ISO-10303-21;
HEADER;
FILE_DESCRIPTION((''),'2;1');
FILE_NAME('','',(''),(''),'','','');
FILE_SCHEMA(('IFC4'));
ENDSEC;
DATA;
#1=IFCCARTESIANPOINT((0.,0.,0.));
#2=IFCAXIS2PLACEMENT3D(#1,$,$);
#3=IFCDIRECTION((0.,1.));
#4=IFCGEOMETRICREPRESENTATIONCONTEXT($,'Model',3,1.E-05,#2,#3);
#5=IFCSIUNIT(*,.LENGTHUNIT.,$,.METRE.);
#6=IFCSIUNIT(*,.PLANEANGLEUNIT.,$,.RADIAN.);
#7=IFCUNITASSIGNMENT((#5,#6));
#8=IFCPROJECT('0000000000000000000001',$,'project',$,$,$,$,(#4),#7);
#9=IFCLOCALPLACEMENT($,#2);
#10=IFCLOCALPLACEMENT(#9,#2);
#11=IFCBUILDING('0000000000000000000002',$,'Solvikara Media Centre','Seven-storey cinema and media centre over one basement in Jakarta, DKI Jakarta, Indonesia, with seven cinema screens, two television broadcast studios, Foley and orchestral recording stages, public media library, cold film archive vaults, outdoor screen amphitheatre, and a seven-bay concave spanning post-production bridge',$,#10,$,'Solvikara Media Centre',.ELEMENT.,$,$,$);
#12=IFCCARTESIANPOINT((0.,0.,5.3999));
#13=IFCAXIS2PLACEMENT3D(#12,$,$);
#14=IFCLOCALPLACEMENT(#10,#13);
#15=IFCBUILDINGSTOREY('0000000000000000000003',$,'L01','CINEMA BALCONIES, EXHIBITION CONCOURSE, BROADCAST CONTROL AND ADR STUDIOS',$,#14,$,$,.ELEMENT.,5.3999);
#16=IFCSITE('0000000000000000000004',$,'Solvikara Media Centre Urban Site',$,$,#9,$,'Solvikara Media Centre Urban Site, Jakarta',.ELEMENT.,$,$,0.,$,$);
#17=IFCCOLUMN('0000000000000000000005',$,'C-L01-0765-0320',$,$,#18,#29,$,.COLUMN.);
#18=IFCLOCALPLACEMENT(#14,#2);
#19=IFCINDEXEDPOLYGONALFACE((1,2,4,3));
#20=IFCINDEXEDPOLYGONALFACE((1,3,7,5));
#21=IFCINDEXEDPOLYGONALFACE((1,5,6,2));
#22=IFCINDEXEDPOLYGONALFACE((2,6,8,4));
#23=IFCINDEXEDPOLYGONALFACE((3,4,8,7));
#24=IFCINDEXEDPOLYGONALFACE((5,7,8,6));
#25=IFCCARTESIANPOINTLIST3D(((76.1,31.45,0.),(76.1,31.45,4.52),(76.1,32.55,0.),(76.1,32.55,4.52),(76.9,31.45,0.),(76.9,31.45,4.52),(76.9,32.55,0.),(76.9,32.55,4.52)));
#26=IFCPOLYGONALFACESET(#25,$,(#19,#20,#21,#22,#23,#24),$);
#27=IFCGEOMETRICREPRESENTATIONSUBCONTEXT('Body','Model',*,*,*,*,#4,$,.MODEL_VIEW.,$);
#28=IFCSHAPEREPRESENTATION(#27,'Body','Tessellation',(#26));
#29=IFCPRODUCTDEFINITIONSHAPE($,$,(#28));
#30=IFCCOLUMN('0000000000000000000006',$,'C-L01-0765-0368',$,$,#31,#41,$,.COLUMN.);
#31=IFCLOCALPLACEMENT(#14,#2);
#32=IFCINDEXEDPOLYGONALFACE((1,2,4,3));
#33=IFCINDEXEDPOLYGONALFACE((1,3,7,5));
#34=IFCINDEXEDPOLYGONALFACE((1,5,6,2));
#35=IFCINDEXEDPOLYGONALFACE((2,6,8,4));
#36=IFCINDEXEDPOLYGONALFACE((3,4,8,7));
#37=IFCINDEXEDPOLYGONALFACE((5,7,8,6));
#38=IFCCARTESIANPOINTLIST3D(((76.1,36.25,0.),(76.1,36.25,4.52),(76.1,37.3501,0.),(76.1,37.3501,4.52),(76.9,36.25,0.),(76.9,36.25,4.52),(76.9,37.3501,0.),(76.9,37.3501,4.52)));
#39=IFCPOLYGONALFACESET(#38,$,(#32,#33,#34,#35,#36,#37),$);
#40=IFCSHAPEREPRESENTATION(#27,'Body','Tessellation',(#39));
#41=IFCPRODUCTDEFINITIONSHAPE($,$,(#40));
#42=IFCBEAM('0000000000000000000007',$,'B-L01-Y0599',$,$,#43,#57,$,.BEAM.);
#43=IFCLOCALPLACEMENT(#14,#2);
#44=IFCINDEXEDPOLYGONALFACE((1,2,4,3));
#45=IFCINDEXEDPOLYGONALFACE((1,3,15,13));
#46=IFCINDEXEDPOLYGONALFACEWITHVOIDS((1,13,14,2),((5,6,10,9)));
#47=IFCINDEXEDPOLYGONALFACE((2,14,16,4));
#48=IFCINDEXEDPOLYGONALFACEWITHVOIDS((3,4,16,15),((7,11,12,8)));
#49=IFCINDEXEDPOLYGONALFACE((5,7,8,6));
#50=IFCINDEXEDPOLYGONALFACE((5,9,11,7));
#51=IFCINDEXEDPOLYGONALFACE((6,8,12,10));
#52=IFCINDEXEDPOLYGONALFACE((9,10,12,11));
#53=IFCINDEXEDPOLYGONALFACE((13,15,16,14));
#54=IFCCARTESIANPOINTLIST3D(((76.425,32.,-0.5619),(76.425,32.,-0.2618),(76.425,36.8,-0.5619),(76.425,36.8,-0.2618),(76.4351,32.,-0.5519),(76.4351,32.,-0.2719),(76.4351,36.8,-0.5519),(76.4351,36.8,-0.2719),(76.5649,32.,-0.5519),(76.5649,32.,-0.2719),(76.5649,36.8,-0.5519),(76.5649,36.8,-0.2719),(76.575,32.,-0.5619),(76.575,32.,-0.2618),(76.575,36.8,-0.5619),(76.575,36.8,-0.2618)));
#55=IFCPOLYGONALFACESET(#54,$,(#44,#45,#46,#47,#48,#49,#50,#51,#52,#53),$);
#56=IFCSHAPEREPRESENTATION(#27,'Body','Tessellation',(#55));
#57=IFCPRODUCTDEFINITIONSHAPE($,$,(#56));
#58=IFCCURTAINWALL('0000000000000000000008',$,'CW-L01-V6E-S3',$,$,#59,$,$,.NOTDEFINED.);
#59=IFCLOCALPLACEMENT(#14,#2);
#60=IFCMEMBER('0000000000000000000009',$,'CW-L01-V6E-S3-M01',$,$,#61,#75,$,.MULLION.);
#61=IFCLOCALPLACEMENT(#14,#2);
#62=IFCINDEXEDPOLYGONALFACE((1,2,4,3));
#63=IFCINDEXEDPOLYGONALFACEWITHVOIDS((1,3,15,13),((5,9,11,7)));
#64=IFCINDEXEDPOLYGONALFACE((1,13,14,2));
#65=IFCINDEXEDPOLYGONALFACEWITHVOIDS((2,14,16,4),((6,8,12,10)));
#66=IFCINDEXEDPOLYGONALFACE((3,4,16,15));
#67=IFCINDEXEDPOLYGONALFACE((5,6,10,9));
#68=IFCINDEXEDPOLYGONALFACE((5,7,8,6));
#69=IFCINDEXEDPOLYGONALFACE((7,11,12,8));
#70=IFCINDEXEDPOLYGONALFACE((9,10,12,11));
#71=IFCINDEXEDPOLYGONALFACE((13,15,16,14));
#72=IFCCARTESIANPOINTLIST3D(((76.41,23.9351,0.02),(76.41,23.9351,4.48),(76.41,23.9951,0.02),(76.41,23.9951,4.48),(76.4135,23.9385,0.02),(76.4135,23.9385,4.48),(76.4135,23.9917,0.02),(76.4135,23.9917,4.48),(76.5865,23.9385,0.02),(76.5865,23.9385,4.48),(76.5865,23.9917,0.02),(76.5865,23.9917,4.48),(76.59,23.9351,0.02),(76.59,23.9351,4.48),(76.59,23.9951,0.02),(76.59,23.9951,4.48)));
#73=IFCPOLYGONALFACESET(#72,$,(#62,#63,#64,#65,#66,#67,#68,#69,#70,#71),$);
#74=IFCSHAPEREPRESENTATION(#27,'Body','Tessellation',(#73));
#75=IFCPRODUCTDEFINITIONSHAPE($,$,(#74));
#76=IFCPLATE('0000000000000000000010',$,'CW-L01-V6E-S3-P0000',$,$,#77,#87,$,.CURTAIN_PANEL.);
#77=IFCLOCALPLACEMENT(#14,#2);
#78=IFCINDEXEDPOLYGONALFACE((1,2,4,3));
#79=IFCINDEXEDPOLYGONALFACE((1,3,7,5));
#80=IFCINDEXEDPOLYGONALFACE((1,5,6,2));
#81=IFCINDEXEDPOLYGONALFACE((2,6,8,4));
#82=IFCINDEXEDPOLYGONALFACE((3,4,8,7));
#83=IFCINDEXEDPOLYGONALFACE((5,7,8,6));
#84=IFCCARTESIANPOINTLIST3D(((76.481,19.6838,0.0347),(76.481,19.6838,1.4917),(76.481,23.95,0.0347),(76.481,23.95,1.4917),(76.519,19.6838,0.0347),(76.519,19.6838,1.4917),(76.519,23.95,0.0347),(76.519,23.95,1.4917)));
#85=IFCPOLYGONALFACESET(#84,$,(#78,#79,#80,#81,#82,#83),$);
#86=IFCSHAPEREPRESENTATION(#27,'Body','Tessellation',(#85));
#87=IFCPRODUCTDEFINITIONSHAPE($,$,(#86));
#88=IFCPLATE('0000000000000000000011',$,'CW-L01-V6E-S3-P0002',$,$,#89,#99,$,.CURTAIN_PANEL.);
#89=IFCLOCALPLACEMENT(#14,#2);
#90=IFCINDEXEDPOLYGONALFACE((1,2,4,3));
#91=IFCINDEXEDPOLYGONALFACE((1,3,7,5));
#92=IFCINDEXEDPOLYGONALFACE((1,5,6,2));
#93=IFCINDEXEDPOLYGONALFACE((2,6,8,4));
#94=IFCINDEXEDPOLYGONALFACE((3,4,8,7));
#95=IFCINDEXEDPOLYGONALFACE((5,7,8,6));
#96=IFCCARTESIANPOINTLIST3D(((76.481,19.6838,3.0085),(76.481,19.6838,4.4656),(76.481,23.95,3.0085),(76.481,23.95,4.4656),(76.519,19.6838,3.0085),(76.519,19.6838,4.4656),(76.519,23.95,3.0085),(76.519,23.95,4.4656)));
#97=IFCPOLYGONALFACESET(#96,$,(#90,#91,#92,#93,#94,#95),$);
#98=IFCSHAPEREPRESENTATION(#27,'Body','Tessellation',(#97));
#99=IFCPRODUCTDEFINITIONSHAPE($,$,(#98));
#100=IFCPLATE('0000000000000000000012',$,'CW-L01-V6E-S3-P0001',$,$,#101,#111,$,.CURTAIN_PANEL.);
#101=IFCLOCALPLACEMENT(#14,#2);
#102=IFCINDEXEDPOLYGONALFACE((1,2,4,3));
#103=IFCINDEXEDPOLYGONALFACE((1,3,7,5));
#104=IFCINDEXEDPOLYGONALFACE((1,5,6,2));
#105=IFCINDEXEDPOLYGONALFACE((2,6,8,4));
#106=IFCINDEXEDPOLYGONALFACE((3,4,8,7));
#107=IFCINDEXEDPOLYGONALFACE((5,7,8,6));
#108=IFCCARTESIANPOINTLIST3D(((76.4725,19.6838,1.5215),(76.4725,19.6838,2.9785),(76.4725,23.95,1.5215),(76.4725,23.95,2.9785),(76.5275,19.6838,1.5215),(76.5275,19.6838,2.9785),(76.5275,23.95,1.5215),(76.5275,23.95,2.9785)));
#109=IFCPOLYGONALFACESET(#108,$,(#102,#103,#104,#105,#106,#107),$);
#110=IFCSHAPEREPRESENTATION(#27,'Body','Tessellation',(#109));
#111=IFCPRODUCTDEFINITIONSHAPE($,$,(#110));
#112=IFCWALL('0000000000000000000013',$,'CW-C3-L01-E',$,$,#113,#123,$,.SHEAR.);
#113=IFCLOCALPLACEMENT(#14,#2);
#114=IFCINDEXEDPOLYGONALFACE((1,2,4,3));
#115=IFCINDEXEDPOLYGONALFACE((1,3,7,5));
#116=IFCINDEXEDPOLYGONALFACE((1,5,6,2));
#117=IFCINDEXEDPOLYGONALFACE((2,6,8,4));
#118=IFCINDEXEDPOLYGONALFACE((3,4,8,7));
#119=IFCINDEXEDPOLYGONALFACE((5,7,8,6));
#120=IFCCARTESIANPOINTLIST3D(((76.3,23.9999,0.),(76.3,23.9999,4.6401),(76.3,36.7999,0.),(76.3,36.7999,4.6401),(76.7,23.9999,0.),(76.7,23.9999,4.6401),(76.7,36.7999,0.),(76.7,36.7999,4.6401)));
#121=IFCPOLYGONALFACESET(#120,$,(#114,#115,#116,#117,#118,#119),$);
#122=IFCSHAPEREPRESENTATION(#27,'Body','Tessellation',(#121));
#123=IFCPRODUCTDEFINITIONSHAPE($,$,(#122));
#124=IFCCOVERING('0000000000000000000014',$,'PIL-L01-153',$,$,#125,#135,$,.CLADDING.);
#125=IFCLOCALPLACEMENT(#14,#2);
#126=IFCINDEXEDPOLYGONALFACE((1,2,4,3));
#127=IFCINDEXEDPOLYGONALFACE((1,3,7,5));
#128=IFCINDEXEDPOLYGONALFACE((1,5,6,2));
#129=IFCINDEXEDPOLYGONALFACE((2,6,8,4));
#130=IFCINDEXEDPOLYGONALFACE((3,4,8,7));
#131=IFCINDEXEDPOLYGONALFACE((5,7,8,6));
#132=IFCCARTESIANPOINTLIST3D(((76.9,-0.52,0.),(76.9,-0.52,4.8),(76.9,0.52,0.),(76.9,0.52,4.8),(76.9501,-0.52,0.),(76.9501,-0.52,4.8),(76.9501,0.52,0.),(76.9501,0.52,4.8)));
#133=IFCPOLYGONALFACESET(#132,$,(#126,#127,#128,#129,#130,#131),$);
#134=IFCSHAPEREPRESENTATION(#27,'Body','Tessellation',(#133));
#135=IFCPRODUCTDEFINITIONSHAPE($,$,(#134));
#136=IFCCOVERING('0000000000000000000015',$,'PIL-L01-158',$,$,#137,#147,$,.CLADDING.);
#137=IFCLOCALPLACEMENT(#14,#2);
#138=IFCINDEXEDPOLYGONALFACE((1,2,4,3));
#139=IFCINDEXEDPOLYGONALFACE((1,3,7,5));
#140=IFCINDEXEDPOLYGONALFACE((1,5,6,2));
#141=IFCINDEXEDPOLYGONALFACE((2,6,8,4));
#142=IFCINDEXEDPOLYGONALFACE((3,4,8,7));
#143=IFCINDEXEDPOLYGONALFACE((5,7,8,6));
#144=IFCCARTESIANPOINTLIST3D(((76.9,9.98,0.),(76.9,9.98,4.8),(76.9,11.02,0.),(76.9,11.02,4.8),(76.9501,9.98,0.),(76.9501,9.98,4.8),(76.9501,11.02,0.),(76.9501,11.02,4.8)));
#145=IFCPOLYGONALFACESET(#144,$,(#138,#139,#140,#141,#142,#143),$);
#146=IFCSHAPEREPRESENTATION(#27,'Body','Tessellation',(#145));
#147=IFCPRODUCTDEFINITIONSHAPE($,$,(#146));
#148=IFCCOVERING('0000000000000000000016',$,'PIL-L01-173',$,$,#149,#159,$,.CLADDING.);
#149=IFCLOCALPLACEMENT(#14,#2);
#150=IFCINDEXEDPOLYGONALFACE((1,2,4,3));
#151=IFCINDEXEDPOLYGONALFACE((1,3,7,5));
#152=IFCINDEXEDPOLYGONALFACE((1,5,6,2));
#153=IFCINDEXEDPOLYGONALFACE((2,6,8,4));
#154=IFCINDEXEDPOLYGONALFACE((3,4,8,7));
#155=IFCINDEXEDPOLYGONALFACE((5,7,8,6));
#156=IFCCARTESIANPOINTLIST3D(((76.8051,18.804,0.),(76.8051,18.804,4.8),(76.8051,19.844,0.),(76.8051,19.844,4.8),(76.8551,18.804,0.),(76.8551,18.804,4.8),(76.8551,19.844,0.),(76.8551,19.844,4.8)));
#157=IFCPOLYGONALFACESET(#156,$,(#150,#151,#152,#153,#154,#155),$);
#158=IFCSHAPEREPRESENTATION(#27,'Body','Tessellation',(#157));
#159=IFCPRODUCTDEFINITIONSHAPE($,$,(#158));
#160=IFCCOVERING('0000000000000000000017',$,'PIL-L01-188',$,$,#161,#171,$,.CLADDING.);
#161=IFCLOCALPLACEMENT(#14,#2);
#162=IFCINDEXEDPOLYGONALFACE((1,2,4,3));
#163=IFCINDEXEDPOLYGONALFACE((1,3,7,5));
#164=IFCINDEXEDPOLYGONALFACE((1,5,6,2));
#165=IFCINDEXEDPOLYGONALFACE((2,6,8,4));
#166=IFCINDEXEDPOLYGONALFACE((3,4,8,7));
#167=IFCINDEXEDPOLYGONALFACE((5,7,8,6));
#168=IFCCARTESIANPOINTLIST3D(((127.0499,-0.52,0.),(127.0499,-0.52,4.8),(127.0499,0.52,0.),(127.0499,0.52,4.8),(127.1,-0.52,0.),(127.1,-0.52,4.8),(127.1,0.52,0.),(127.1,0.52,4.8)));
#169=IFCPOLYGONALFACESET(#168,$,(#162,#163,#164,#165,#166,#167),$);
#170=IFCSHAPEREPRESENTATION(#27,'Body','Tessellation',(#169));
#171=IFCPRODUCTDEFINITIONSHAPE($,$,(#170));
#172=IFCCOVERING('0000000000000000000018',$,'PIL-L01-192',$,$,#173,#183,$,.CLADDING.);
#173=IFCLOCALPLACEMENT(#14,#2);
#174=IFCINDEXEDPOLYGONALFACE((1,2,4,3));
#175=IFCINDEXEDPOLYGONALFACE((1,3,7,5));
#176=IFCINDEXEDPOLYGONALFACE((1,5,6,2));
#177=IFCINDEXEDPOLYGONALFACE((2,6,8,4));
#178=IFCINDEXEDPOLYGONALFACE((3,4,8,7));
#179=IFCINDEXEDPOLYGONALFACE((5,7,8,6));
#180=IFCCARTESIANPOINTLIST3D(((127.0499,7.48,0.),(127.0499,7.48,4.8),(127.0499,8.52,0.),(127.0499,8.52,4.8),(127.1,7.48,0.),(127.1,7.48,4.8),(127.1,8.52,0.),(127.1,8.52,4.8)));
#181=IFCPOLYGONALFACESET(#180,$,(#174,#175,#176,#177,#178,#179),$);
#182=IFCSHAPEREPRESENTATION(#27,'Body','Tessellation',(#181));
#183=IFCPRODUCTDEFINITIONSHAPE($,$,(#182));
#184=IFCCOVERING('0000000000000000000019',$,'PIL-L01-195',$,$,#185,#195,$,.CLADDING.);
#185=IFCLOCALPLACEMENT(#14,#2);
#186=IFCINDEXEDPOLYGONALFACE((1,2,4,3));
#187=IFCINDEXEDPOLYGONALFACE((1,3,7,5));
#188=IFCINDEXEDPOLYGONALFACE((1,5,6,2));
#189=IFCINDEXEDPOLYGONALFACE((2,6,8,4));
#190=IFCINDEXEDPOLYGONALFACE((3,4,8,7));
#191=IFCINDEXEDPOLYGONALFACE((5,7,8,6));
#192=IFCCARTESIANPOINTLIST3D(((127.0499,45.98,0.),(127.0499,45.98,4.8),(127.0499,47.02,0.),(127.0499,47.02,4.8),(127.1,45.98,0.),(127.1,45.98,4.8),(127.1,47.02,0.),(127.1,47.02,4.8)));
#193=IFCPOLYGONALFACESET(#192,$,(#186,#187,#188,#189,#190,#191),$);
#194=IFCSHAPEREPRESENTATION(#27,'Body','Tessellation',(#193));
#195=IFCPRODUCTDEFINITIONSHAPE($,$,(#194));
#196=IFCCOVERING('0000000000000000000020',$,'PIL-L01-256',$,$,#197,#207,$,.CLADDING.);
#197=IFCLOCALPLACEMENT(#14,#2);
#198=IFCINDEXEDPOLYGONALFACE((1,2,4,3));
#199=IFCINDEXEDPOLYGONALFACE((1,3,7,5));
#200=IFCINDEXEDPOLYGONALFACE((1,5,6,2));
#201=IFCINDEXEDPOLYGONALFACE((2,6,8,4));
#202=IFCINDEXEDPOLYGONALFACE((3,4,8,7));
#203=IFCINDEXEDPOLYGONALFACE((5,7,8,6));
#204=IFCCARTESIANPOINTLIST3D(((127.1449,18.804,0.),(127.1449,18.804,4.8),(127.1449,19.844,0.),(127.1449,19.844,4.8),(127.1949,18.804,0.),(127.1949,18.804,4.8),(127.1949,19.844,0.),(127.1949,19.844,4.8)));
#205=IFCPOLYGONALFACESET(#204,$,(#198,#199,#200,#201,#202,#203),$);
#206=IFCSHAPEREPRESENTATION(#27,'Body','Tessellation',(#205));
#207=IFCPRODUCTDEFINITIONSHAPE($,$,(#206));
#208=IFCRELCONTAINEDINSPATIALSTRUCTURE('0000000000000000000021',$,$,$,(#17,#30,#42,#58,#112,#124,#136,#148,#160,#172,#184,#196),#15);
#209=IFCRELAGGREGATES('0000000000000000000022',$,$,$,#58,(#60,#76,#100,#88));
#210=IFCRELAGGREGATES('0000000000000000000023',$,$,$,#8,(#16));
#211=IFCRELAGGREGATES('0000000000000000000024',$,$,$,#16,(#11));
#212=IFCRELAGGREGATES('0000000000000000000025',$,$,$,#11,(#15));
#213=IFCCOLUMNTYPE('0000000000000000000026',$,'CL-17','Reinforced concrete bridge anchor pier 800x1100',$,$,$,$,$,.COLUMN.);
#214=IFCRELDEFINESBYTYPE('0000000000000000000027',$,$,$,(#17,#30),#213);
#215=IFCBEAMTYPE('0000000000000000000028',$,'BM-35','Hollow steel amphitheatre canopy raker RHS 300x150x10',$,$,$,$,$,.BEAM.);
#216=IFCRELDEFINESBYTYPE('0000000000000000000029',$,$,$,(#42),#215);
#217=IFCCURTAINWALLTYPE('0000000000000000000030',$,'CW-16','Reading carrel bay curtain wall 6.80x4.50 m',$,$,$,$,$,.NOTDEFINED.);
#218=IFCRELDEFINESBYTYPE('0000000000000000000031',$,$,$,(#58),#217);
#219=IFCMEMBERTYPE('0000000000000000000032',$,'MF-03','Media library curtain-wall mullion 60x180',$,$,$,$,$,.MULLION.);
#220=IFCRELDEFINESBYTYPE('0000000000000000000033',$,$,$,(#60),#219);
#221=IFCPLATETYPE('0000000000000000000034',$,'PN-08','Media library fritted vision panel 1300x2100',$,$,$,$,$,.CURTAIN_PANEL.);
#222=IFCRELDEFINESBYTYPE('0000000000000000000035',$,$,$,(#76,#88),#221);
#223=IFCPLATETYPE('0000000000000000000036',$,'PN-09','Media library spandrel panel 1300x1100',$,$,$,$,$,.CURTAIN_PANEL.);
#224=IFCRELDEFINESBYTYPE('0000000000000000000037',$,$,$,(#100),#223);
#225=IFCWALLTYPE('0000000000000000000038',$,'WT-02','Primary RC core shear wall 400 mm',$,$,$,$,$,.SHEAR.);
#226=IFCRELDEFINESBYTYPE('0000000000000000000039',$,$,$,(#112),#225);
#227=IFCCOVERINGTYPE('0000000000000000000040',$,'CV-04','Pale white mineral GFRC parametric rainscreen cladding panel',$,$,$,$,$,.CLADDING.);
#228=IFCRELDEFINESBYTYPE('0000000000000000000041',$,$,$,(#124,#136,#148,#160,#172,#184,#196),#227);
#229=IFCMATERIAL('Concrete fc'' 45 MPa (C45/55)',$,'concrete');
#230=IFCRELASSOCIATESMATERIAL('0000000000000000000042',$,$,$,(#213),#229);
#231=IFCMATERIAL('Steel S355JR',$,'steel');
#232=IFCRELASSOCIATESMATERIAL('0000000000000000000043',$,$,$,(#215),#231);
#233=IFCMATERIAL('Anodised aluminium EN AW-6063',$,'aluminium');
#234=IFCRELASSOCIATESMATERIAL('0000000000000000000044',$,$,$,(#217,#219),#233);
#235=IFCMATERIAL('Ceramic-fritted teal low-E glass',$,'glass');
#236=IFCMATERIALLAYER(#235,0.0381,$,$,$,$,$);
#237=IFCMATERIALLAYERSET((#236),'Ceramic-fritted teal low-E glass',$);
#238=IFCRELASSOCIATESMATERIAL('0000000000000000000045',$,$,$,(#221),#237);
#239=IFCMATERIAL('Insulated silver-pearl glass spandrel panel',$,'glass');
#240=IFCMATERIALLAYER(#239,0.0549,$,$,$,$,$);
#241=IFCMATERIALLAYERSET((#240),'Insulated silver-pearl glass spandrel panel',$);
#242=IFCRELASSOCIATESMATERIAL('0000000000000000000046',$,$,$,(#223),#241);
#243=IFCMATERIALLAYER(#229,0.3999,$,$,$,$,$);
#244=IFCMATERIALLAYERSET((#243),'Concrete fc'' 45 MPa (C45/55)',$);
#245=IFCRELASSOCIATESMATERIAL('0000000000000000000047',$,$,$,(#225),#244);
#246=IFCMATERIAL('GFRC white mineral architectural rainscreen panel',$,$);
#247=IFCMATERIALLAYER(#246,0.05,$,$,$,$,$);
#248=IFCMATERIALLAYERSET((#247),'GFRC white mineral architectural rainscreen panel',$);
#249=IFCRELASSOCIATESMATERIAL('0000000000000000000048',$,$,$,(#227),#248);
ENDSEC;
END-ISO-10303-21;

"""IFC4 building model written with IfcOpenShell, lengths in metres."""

from ifc_helpers import new_model, si_unit, direction, frame, frame_2d, origin, origin_2d, place, context, subcontext, project, spatial, rectangle, hollow_rectangle, extrude, material, layer, layer_set, material_profile, profile_set, type_object, element, aggregate, save


model = new_model("IFC4")

# Units and contexts
model_context = context("Model", 3, precision=1e-05, world=origin(), true_north=direction((0.0, 1.0)))
body_context = subcontext(model_context, "Body", "Model", "MODEL_VIEW")
ifc_project = project(units=[si_unit("LENGTHUNIT", "METRE"), si_unit("PLANEANGLEUNIT", "RADIAN")], contexts=[model_context])

# Site, building, storey
site_placement = place(None, origin())
site = spatial("IfcSite", under=ifc_project, at=site_placement, Name="Solvikara Media Centre Urban Site", LongName="Solvikara Media Centre Urban Site, Jakarta", CompositionType="ELEMENT", RefElevation=0.0)
building_placement = place(site_placement, origin())
building = spatial("IfcBuilding", under=site, at=building_placement, Name="Solvikara Media Centre", Description="Seven-storey cinema and media centre over one basement in Jakarta, DKI Jakarta, Indonesia, with seven cinema screens, two television broadcast studios, Foley and orchestral recording stages, public media library, cold film archive vaults, outdoor screen amphitheatre, and a seven-bay concave spanning post-production bridge", LongName="Solvikara Media Centre", CompositionType="ELEMENT")
storey_placement = place(building_placement, frame((0.0, 0.0, 5.3999)))
storey = spatial("IfcBuildingStorey", under=building, at=storey_placement, Name="L01", Description="CINEMA BALCONIES, EXHIBITION CONCOURSE, BROADCAST CONTROL AND ADR STUDIOS", CompositionType="ELEMENT", Elevation=5.3999)

# Columns
ifc_material_1 = material(Name="Concrete fc' 45 MPa (C45/55)", Category="concrete")
ifc_material_profile_1 = material_profile(ifc_material_1, rectangle(XDim=0.8, YDim=1.1001, at=origin_2d()), Name="RC 800x1100")
ifc_profile_set_1 = profile_set([ifc_material_profile_1], Name="Concrete fc' 45 MPa (C45/55)")
column_type = type_object("IfcColumnType", Name="CL-17", Description="Reinforced concrete bridge anchor pier 800x1100", PredefinedType="COLUMN", material=ifc_profile_set_1)
for number, where, z_axis, x_axis, name in (
    (1, (76.5, 32.0, 0.0), (0.0, 0.0, 1.0), (1.0, 0.0, 0.0), "C-L01-0765-0320"),
    (2, (76.5, 36.8, 0.0), (0.0, 0.0, 1.0), (1.0, 0.0, 0.0), "C-L01-0765-0368"),
):
    element("IfcColumn", number, at=place(storey_placement, frame(where, z_axis=z_axis, x_axis=x_axis)), inside=storey, type_object=column_type, Name=name, PredefinedType="COLUMN", context=body_context, shape_type="SweptSolid", body=[
        extrude(rectangle(XDim=0.8, YDim=1.1001, at=origin_2d()), origin(), (0.0, 0.0, 1.0), 4.52),
    ])

# Beam
ifc_material_2 = material(Name="Steel S355JR", Category="steel")
ifc_material_profile_2 = material_profile(ifc_material_2, hollow_rectangle(XDim=0.1499, YDim=0.3, WallThickness=0.01, at=origin_2d()), Name="RHS 300x150x10")
ifc_profile_set_2 = profile_set([ifc_material_profile_2], Name="Steel S355JR")
beam_type = type_object("IfcBeamType", Name="BM-35", Description="Hollow steel amphitheatre canopy raker RHS 300x150x10", PredefinedType="BEAM", material=ifc_profile_set_2)
beam_placement = place(storey_placement, frame((76.5, 32.0, -0.4119), z_axis=(0.0, 1.0, 0.0), x_axis=(-1.0, 0.0, 0.0)))
element("IfcBeam", 3, at=beam_placement, inside=storey, type_object=beam_type, Name="B-L01-Y0599", PredefinedType="BEAM", context=body_context, shape_type="SweptSolid", body=[
    extrude(hollow_rectangle(XDim=0.1499, YDim=0.3, WallThickness=0.01, at=origin_2d()), origin(), (0.0, 0.0, 1.0), 4.8),
])

# Curtain wall, member, plates
ifc_material_3 = material(Name="Anodised aluminium EN AW-6063", Category="aluminium")
curtain_wall_type = type_object("IfcCurtainWallType", Name="CW-16", Description="Reading carrel bay curtain wall 6.80x4.50 m", PredefinedType="NOTDEFINED", material=ifc_material_3)
curtain_wall_placement = place(storey_placement, origin())
curtain_wall = element("IfcCurtainWall", 4, at=curtain_wall_placement, inside=storey, type_object=curtain_wall_type, Name="CW-L01-V6E-S3", PredefinedType="NOTDEFINED")
ifc_material_profile_3 = material_profile(ifc_material_3, hollow_rectangle(XDim=0.0601, YDim=0.1799, WallThickness=0.0034, at=origin_2d()), Name="ALU-M 60x180x3.5")
ifc_profile_set_3 = profile_set([ifc_material_profile_3], Name="Anodised aluminium EN AW-6063")
member_type = type_object("IfcMemberType", Name="MF-03", Description="Media library curtain-wall mullion 60x180", PredefinedType="MULLION", material=ifc_profile_set_3)
member_placement = place(storey_placement, frame((76.5, 23.9651, 0.02), z_axis=(0.0, 0.0, 1.0), x_axis=(0.0, 1.0, 0.0)))
member = element("IfcMember", 5, at=member_placement, type_object=member_type, Name="CW-L01-V6E-S3-M01", PredefinedType="MULLION", context=body_context, shape_type="SweptSolid", body=[
    extrude(hollow_rectangle(XDim=0.0601, YDim=0.1799, WallThickness=0.0034, at=origin_2d()), origin(), (0.0, 0.0, 1.0), 4.46),
])
ifc_material_4 = material(Name="Ceramic-fritted teal low-E glass", Category="glass")
ifc_layer_1 = layer(ifc_material_4, 0.0381)
ifc_layer_set_1 = layer_set([ifc_layer_1], Name="Ceramic-fritted teal low-E glass")
plate_type_1 = type_object("IfcPlateType", Name="PN-08", Description="Media library fritted vision panel 1300x2100", PredefinedType="CURTAIN_PANEL", material=ifc_layer_set_1)
plate_1_placement = place(storey_placement, frame((76.5, 21.8169, 0.0347), z_axis=(0.0, 0.0, 1.0), x_axis=(0.0, 1.0, 0.0)))
plate_1 = element("IfcPlate", 6, at=plate_1_placement, type_object=plate_type_1, Name="CW-L01-V6E-S3-P0000", PredefinedType="CURTAIN_PANEL", context=body_context, shape_type="SweptSolid", body=[
    extrude(rectangle(XDim=4.2661, YDim=0.0381, at=origin_2d()), origin(), (0.0, 0.0, 1.0), 1.457),
])
plate_2_placement = place(storey_placement, frame((76.5, 21.8169, 3.0085), z_axis=(0.0, 0.0, 1.0), x_axis=(0.0, 1.0, 0.0)))
plate_2 = element("IfcPlate", 7, at=plate_2_placement, type_object=plate_type_1, Name="CW-L01-V6E-S3-P0002", PredefinedType="CURTAIN_PANEL", context=body_context, shape_type="SweptSolid", body=[
    extrude(rectangle(XDim=4.2661, YDim=0.0381, at=origin_2d()), origin(), (0.0, 0.0, 1.0), 1.457),
])
ifc_material_5 = material(Name="Insulated silver-pearl glass spandrel panel", Category="glass")
ifc_layer_2 = layer(ifc_material_5, 0.0549)
ifc_layer_set_2 = layer_set([ifc_layer_2], Name="Insulated silver-pearl glass spandrel panel")
plate_type_2 = type_object("IfcPlateType", Name="PN-09", Description="Media library spandrel panel 1300x1100", PredefinedType="CURTAIN_PANEL", material=ifc_layer_set_2)
plate_3_placement = place(storey_placement, frame((76.5, 21.8169, 1.5215), z_axis=(0.0, 0.0, 1.0), x_axis=(0.0, 1.0, 0.0)))
plate_3 = element("IfcPlate", 8, at=plate_3_placement, type_object=plate_type_2, Name="CW-L01-V6E-S3-P0001", PredefinedType="CURTAIN_PANEL", context=body_context, shape_type="SweptSolid", body=[
    extrude(rectangle(XDim=4.2661, YDim=0.0549, at=origin_2d()), origin(), (0.0, 0.0, 1.0), 1.457),
])
aggregate(curtain_wall, [member, plate_1, plate_3, plate_2])

# Wall
ifc_layer_3 = layer(ifc_material_1, 0.3999)
ifc_layer_set_3 = layer_set([ifc_layer_3], Name="Concrete fc' 45 MPa (C45/55)")
wall_type = type_object("IfcWallType", Name="WT-02", Description="Primary RC core shear wall 400 mm", PredefinedType="SHEAR", material=ifc_layer_set_3)
wall_placement = place(storey_placement, frame((76.5, 24.0, 0.0), z_axis=(0.0, 0.0, 1.0), x_axis=(0.0, 1.0, 0.0)))
element("IfcWall", 9, at=wall_placement, inside=storey, type_object=wall_type, Name="CW-C3-L01-E", PredefinedType="SHEAR", context=body_context, shape_type="SweptSolid", body=[
    extrude(rectangle(XDim=12.8, YDim=0.3999, at=frame_2d((6.3999, 0.0))), origin(), (0.0, 0.0, 1.0), 4.6401),
])

# Coverings
ifc_material_6 = material(Name="GFRC white mineral architectural rainscreen panel")
ifc_layer_4 = layer(ifc_material_6, 0.05)
ifc_layer_set_4 = layer_set([ifc_layer_4], Name="GFRC white mineral architectural rainscreen panel")
covering_type = type_object("IfcCoveringType", Name="CV-04", Description="Pale white mineral GFRC parametric rainscreen cladding panel", PredefinedType="CLADDING", material=ifc_layer_set_4)
for number, where, z_axis, x_axis, name in (
    (10, (76.925, 0.0, 0.0), (0.0, 0.0, 1.0), (0.0, 1.0, 0.0), "PIL-L01-153"),
    (11, (76.925, 10.5, 0.0), (0.0, 0.0, 1.0), (0.0, 1.0, 0.0), "PIL-L01-158"),
    (12, (76.8301, 19.324, 0.0), (0.0, 0.0, 1.0), (0.0, 1.0, 0.0), "PIL-L01-173"),
    (13, (127.075, 0.0, 0.0), (0.0, 0.0, 1.0), (0.0, -1.0, 0.0), "PIL-L01-188"),
    (14, (127.075, 8.0, 0.0), (0.0, 0.0, 1.0), (0.0, -1.0, 0.0), "PIL-L01-192"),
    (15, (127.075, 46.5, 0.0), (0.0, 0.0, 1.0), (0.0, -1.0, 0.0), "PIL-L01-195"),
    (16, (127.1699, 19.324, 0.0), (0.0, 0.0, 1.0), (0.0, -1.0, 0.0), "PIL-L01-256"),
):
    element("IfcCovering", number, at=place(storey_placement, frame(where, z_axis=z_axis, x_axis=x_axis)), inside=storey, type_object=covering_type, Name=name, PredefinedType="CLADDING", context=body_context, shape_type="SweptSolid", body=[
        extrude(rectangle(XDim=1.04, YDim=0.05, at=origin_2d()), origin(), (0.0, 0.0, 1.0), 4.8),
    ])

save(model, "model.ifc")
